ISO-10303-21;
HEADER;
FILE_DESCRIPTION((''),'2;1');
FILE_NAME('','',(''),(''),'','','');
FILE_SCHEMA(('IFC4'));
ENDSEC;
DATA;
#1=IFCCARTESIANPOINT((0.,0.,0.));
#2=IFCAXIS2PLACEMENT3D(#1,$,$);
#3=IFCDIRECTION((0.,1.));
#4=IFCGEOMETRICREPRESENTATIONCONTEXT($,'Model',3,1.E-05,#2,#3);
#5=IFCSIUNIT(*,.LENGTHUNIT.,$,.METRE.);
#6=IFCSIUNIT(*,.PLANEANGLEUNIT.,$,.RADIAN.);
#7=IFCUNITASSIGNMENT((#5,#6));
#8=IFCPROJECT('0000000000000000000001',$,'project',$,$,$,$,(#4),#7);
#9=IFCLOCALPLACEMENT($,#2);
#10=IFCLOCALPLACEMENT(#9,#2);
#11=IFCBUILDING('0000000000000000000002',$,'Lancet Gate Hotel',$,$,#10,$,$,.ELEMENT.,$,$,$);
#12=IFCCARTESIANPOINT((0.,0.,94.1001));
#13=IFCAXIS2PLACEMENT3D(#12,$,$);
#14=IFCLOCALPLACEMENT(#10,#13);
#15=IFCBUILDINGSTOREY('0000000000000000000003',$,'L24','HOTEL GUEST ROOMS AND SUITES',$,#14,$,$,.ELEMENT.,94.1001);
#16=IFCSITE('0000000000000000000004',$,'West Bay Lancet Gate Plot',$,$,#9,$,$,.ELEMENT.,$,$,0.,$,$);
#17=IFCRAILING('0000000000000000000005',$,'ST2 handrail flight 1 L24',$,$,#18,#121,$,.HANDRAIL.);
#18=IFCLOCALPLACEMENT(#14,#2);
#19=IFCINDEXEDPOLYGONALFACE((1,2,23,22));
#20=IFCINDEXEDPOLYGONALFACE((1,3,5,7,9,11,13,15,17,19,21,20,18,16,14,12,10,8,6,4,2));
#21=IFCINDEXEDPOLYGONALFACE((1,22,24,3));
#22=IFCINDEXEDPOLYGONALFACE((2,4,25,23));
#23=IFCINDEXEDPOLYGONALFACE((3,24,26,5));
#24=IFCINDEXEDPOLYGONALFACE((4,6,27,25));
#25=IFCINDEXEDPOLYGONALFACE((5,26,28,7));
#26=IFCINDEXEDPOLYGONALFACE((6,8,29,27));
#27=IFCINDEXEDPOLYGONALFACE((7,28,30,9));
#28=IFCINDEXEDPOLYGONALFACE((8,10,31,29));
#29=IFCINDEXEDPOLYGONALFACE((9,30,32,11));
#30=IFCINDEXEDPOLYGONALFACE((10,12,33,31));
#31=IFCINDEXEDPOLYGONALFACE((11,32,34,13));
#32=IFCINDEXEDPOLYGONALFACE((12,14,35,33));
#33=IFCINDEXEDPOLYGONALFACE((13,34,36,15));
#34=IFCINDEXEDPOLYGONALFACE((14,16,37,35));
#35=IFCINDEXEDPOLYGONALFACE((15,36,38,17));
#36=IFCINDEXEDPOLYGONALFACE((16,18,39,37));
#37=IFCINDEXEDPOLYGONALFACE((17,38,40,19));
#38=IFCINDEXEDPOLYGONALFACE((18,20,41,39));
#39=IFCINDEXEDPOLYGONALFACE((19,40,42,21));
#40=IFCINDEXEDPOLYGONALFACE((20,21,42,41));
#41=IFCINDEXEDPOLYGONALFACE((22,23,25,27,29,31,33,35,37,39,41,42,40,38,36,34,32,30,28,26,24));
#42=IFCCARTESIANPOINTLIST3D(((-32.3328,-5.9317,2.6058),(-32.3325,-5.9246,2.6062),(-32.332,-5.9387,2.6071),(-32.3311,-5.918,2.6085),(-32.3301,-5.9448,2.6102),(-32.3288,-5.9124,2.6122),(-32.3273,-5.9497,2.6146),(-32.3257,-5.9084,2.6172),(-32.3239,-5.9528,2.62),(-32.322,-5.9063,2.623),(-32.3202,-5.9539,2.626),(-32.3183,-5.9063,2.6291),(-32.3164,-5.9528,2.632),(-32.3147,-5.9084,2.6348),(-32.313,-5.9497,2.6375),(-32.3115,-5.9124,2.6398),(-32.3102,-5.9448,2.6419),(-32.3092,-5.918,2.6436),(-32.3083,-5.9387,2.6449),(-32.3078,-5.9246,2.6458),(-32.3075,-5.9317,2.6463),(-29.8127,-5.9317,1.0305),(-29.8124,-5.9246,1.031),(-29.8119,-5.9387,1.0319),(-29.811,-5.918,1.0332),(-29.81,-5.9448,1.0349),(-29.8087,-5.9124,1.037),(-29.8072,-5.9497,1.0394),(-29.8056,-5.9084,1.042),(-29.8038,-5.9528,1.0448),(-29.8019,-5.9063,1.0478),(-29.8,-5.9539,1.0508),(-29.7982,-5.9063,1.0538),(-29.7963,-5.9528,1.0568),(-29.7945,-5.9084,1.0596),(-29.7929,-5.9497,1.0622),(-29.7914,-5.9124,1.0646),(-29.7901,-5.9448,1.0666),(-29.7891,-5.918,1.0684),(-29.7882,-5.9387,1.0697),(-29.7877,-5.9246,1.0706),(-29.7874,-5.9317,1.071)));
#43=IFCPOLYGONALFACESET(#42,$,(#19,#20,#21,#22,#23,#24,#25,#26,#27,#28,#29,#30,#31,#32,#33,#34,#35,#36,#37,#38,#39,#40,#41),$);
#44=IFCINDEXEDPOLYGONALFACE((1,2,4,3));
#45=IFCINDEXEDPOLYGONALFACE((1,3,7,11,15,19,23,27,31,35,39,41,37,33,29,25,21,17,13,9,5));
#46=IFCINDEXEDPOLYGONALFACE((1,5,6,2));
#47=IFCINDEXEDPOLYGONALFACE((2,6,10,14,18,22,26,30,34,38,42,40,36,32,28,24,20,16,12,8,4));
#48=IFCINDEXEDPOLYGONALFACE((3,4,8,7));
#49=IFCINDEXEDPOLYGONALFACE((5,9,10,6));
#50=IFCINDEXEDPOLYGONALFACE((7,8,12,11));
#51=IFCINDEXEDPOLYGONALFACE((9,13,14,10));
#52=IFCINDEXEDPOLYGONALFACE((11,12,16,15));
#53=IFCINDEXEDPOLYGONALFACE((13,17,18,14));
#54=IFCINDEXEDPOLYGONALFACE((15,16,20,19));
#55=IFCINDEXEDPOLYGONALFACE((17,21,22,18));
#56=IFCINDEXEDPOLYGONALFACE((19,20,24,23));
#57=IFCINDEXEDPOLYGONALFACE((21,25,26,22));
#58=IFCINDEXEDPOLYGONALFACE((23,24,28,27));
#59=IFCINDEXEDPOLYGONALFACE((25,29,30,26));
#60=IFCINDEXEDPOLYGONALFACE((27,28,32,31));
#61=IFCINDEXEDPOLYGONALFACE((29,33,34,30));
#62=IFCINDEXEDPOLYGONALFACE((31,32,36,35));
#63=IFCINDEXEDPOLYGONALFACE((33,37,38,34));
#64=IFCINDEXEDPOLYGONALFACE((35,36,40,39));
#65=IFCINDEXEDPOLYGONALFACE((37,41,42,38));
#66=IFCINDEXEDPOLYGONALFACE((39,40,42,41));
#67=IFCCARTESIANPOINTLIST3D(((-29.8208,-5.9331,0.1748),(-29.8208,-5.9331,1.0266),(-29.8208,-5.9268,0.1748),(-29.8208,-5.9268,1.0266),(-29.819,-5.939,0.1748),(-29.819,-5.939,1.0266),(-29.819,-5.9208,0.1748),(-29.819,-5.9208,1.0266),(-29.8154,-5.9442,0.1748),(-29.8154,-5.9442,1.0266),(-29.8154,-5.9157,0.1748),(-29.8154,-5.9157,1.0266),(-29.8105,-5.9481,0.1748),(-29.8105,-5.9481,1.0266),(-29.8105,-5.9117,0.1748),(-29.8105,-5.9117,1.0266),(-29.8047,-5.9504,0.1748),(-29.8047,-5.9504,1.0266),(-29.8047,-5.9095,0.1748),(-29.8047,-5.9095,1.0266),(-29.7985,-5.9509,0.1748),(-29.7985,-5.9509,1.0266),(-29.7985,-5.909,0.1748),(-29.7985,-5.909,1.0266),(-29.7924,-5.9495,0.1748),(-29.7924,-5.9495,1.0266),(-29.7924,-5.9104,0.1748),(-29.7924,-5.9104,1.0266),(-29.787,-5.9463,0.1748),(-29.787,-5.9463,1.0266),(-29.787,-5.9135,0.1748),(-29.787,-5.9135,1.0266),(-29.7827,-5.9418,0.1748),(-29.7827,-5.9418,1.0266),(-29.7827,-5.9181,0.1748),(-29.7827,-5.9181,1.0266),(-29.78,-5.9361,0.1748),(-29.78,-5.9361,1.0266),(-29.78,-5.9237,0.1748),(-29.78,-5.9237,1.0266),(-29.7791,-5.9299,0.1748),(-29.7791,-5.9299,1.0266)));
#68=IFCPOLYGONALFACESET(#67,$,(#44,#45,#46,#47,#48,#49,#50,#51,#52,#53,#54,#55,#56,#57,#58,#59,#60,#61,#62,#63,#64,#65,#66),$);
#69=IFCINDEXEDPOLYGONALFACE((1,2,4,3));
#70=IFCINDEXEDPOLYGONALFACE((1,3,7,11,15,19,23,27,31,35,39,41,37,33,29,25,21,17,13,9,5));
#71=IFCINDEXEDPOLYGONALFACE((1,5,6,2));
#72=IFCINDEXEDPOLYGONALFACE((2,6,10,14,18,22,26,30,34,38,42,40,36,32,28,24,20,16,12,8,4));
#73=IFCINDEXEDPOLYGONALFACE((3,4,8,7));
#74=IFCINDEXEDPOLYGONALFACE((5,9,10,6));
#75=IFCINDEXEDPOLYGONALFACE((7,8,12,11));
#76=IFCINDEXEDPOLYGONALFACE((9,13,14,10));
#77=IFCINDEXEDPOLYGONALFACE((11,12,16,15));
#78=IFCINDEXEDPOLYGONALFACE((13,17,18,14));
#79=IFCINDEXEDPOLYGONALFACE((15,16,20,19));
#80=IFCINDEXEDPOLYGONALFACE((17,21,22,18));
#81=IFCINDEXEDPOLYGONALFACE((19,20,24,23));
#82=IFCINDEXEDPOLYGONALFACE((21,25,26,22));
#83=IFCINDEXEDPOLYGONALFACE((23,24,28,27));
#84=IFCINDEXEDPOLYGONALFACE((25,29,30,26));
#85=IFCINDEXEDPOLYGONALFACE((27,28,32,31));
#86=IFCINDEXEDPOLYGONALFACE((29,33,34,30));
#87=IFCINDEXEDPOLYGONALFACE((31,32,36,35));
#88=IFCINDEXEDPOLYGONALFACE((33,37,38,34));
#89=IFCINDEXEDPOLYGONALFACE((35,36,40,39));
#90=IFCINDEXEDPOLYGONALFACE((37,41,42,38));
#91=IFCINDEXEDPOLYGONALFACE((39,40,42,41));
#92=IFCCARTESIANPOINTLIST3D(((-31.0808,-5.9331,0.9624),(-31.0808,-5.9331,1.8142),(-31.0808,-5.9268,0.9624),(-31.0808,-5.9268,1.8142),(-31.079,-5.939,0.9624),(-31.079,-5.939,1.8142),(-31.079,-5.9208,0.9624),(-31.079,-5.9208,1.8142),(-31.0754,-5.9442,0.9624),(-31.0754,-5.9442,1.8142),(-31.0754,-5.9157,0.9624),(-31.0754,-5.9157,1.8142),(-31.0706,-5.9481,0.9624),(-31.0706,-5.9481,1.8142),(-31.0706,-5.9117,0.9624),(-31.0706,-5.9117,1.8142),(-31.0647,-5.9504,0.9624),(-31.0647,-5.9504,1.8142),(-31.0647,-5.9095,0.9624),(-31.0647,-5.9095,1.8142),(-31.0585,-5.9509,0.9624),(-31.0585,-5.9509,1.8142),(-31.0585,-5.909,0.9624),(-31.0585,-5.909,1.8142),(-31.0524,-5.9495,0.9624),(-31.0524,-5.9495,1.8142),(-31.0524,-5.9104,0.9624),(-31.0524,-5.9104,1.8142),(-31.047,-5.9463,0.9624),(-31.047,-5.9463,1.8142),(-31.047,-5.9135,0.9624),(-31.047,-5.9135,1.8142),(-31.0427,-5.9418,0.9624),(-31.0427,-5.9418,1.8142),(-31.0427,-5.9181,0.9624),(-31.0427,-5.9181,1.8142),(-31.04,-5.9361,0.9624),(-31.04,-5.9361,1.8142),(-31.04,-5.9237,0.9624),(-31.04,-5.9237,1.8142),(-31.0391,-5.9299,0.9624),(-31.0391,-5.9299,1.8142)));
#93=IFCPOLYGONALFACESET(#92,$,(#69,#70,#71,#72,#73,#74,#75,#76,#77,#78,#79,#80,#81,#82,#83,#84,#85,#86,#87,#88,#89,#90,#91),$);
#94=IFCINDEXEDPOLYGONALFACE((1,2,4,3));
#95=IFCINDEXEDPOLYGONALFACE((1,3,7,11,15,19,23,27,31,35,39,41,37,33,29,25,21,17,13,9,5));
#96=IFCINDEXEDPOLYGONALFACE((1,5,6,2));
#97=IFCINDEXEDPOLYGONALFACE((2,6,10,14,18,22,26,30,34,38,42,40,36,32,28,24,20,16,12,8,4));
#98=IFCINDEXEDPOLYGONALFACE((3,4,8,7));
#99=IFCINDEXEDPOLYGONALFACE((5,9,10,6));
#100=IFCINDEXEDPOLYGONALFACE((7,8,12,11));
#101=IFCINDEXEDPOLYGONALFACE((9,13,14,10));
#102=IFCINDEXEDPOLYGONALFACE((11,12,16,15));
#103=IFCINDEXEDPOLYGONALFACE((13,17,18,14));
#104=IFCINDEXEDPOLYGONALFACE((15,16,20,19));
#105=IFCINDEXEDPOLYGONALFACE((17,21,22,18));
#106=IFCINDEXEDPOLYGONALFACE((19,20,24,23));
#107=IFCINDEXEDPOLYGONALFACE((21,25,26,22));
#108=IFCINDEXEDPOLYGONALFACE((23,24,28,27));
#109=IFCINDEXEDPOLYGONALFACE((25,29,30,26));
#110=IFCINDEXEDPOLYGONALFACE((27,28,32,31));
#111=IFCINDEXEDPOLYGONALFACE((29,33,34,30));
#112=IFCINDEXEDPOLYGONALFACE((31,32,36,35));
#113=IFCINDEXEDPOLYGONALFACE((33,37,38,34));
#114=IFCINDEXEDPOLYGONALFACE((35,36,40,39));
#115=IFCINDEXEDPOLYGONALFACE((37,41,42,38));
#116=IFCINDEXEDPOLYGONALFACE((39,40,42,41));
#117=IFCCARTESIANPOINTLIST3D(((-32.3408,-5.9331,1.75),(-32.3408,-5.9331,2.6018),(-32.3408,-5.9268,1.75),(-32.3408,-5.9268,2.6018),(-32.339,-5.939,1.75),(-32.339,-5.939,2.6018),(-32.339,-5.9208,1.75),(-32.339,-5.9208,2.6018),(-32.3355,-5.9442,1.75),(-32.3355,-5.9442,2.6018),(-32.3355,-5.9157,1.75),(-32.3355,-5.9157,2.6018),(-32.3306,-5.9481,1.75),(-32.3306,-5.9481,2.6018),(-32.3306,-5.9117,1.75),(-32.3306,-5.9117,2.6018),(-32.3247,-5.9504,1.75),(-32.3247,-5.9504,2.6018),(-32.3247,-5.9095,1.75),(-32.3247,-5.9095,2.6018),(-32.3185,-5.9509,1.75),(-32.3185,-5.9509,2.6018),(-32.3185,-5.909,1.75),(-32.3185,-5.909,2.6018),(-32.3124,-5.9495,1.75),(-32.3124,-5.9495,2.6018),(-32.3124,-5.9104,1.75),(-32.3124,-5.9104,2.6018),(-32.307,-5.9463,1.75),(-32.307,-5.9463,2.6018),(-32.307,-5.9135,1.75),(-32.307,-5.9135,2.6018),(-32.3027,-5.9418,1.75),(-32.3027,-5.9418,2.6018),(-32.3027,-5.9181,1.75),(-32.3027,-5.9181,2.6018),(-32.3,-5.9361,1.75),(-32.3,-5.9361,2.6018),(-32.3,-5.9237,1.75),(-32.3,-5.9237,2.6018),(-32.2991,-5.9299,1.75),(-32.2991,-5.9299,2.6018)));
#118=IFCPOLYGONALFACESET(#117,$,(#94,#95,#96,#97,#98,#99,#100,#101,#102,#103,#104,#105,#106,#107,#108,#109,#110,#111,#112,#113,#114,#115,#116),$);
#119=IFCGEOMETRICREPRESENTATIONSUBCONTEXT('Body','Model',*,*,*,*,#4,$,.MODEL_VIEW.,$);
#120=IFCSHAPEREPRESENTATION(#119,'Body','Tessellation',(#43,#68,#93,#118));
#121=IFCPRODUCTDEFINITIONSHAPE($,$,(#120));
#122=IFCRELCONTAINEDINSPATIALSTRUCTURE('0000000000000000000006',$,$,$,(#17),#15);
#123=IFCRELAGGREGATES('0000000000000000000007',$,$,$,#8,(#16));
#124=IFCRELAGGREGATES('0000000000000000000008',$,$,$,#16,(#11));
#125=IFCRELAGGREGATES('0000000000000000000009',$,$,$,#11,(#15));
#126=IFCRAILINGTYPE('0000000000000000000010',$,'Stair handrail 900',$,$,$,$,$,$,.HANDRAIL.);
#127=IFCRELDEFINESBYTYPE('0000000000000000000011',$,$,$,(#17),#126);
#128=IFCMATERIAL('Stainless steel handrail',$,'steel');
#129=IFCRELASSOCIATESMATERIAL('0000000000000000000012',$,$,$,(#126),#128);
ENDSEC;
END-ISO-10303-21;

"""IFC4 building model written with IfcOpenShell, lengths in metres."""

from ifc_helpers import new_model, si_unit, direction, frame, origin, origin_2d, place, context, subcontext, project, spatial, circle, extrude, material, type_object, element, save


model = new_model("IFC4")

# Units and contexts
model_context = context("Model", 3, precision=1e-05, world=origin(), true_north=direction((0.0, 1.0)))
body_context = subcontext(model_context, "Body", "Model", "MODEL_VIEW")
ifc_project = project(units=[si_unit("LENGTHUNIT", "METRE"), si_unit("PLANEANGLEUNIT", "RADIAN")], contexts=[model_context])

# Site, building, storey
site_placement = place(None, origin())
site = spatial("IfcSite", under=ifc_project, at=site_placement, Name="West Bay Lancet Gate Plot", CompositionType="ELEMENT", RefElevation=0.0)
building_placement = place(site_placement, origin())
building = spatial("IfcBuilding", under=site, at=building_placement, Name="Lancet Gate Hotel", CompositionType="ELEMENT")
storey_placement = place(building_placement, frame((0.0, 0.0, 94.1001)))
storey = spatial("IfcBuildingStorey", under=building, at=storey_placement, Name="L24", Description="HOTEL GUEST ROOMS AND SUITES", CompositionType="ELEMENT", Elevation=94.1001)

# Railing
ifc_material_1 = material(Name="Stainless steel handrail", Category="steel")
railing_type = type_object("IfcRailingType", Name="Stair handrail 900", PredefinedType="HANDRAIL", material=ifc_material_1)
railing_1_placement = place(storey_placement, frame((-29.8, -5.9299, 0.1748)))
element("IfcRailing", 1, at=railing_1_placement, inside=storey, type_object=railing_type, Name="ST2 handrail flight 1 L24", PredefinedType="HANDRAIL", context=body_context, shape_type="SweptSolid", body=[
    extrude(circle(Radius=0.0239, at=origin_2d()), frame((0.0, 0.0, 0.876), z_axis=(-0.847971, 0.0, 0.530043), x_axis=(0.0, -1.0, 0.0)), (0.0, 0.0, 1.0), 2.9719),
    extrude(circle(Radius=0.021, at=origin_2d()), origin(), (0.0, 0.0, 1.0), 0.8518),
    extrude(circle(Radius=0.021, at=origin_2d()), frame((-1.26, 0.0, 0.7876)), (0.0, 0.0, 1.0), 0.8518),
    extrude(circle(Radius=0.021, at=origin_2d()), frame((-2.52, 0.0, 1.5752)), (0.0, 0.0, 1.0), 0.8518),
])

save(model, "model.ifc")
